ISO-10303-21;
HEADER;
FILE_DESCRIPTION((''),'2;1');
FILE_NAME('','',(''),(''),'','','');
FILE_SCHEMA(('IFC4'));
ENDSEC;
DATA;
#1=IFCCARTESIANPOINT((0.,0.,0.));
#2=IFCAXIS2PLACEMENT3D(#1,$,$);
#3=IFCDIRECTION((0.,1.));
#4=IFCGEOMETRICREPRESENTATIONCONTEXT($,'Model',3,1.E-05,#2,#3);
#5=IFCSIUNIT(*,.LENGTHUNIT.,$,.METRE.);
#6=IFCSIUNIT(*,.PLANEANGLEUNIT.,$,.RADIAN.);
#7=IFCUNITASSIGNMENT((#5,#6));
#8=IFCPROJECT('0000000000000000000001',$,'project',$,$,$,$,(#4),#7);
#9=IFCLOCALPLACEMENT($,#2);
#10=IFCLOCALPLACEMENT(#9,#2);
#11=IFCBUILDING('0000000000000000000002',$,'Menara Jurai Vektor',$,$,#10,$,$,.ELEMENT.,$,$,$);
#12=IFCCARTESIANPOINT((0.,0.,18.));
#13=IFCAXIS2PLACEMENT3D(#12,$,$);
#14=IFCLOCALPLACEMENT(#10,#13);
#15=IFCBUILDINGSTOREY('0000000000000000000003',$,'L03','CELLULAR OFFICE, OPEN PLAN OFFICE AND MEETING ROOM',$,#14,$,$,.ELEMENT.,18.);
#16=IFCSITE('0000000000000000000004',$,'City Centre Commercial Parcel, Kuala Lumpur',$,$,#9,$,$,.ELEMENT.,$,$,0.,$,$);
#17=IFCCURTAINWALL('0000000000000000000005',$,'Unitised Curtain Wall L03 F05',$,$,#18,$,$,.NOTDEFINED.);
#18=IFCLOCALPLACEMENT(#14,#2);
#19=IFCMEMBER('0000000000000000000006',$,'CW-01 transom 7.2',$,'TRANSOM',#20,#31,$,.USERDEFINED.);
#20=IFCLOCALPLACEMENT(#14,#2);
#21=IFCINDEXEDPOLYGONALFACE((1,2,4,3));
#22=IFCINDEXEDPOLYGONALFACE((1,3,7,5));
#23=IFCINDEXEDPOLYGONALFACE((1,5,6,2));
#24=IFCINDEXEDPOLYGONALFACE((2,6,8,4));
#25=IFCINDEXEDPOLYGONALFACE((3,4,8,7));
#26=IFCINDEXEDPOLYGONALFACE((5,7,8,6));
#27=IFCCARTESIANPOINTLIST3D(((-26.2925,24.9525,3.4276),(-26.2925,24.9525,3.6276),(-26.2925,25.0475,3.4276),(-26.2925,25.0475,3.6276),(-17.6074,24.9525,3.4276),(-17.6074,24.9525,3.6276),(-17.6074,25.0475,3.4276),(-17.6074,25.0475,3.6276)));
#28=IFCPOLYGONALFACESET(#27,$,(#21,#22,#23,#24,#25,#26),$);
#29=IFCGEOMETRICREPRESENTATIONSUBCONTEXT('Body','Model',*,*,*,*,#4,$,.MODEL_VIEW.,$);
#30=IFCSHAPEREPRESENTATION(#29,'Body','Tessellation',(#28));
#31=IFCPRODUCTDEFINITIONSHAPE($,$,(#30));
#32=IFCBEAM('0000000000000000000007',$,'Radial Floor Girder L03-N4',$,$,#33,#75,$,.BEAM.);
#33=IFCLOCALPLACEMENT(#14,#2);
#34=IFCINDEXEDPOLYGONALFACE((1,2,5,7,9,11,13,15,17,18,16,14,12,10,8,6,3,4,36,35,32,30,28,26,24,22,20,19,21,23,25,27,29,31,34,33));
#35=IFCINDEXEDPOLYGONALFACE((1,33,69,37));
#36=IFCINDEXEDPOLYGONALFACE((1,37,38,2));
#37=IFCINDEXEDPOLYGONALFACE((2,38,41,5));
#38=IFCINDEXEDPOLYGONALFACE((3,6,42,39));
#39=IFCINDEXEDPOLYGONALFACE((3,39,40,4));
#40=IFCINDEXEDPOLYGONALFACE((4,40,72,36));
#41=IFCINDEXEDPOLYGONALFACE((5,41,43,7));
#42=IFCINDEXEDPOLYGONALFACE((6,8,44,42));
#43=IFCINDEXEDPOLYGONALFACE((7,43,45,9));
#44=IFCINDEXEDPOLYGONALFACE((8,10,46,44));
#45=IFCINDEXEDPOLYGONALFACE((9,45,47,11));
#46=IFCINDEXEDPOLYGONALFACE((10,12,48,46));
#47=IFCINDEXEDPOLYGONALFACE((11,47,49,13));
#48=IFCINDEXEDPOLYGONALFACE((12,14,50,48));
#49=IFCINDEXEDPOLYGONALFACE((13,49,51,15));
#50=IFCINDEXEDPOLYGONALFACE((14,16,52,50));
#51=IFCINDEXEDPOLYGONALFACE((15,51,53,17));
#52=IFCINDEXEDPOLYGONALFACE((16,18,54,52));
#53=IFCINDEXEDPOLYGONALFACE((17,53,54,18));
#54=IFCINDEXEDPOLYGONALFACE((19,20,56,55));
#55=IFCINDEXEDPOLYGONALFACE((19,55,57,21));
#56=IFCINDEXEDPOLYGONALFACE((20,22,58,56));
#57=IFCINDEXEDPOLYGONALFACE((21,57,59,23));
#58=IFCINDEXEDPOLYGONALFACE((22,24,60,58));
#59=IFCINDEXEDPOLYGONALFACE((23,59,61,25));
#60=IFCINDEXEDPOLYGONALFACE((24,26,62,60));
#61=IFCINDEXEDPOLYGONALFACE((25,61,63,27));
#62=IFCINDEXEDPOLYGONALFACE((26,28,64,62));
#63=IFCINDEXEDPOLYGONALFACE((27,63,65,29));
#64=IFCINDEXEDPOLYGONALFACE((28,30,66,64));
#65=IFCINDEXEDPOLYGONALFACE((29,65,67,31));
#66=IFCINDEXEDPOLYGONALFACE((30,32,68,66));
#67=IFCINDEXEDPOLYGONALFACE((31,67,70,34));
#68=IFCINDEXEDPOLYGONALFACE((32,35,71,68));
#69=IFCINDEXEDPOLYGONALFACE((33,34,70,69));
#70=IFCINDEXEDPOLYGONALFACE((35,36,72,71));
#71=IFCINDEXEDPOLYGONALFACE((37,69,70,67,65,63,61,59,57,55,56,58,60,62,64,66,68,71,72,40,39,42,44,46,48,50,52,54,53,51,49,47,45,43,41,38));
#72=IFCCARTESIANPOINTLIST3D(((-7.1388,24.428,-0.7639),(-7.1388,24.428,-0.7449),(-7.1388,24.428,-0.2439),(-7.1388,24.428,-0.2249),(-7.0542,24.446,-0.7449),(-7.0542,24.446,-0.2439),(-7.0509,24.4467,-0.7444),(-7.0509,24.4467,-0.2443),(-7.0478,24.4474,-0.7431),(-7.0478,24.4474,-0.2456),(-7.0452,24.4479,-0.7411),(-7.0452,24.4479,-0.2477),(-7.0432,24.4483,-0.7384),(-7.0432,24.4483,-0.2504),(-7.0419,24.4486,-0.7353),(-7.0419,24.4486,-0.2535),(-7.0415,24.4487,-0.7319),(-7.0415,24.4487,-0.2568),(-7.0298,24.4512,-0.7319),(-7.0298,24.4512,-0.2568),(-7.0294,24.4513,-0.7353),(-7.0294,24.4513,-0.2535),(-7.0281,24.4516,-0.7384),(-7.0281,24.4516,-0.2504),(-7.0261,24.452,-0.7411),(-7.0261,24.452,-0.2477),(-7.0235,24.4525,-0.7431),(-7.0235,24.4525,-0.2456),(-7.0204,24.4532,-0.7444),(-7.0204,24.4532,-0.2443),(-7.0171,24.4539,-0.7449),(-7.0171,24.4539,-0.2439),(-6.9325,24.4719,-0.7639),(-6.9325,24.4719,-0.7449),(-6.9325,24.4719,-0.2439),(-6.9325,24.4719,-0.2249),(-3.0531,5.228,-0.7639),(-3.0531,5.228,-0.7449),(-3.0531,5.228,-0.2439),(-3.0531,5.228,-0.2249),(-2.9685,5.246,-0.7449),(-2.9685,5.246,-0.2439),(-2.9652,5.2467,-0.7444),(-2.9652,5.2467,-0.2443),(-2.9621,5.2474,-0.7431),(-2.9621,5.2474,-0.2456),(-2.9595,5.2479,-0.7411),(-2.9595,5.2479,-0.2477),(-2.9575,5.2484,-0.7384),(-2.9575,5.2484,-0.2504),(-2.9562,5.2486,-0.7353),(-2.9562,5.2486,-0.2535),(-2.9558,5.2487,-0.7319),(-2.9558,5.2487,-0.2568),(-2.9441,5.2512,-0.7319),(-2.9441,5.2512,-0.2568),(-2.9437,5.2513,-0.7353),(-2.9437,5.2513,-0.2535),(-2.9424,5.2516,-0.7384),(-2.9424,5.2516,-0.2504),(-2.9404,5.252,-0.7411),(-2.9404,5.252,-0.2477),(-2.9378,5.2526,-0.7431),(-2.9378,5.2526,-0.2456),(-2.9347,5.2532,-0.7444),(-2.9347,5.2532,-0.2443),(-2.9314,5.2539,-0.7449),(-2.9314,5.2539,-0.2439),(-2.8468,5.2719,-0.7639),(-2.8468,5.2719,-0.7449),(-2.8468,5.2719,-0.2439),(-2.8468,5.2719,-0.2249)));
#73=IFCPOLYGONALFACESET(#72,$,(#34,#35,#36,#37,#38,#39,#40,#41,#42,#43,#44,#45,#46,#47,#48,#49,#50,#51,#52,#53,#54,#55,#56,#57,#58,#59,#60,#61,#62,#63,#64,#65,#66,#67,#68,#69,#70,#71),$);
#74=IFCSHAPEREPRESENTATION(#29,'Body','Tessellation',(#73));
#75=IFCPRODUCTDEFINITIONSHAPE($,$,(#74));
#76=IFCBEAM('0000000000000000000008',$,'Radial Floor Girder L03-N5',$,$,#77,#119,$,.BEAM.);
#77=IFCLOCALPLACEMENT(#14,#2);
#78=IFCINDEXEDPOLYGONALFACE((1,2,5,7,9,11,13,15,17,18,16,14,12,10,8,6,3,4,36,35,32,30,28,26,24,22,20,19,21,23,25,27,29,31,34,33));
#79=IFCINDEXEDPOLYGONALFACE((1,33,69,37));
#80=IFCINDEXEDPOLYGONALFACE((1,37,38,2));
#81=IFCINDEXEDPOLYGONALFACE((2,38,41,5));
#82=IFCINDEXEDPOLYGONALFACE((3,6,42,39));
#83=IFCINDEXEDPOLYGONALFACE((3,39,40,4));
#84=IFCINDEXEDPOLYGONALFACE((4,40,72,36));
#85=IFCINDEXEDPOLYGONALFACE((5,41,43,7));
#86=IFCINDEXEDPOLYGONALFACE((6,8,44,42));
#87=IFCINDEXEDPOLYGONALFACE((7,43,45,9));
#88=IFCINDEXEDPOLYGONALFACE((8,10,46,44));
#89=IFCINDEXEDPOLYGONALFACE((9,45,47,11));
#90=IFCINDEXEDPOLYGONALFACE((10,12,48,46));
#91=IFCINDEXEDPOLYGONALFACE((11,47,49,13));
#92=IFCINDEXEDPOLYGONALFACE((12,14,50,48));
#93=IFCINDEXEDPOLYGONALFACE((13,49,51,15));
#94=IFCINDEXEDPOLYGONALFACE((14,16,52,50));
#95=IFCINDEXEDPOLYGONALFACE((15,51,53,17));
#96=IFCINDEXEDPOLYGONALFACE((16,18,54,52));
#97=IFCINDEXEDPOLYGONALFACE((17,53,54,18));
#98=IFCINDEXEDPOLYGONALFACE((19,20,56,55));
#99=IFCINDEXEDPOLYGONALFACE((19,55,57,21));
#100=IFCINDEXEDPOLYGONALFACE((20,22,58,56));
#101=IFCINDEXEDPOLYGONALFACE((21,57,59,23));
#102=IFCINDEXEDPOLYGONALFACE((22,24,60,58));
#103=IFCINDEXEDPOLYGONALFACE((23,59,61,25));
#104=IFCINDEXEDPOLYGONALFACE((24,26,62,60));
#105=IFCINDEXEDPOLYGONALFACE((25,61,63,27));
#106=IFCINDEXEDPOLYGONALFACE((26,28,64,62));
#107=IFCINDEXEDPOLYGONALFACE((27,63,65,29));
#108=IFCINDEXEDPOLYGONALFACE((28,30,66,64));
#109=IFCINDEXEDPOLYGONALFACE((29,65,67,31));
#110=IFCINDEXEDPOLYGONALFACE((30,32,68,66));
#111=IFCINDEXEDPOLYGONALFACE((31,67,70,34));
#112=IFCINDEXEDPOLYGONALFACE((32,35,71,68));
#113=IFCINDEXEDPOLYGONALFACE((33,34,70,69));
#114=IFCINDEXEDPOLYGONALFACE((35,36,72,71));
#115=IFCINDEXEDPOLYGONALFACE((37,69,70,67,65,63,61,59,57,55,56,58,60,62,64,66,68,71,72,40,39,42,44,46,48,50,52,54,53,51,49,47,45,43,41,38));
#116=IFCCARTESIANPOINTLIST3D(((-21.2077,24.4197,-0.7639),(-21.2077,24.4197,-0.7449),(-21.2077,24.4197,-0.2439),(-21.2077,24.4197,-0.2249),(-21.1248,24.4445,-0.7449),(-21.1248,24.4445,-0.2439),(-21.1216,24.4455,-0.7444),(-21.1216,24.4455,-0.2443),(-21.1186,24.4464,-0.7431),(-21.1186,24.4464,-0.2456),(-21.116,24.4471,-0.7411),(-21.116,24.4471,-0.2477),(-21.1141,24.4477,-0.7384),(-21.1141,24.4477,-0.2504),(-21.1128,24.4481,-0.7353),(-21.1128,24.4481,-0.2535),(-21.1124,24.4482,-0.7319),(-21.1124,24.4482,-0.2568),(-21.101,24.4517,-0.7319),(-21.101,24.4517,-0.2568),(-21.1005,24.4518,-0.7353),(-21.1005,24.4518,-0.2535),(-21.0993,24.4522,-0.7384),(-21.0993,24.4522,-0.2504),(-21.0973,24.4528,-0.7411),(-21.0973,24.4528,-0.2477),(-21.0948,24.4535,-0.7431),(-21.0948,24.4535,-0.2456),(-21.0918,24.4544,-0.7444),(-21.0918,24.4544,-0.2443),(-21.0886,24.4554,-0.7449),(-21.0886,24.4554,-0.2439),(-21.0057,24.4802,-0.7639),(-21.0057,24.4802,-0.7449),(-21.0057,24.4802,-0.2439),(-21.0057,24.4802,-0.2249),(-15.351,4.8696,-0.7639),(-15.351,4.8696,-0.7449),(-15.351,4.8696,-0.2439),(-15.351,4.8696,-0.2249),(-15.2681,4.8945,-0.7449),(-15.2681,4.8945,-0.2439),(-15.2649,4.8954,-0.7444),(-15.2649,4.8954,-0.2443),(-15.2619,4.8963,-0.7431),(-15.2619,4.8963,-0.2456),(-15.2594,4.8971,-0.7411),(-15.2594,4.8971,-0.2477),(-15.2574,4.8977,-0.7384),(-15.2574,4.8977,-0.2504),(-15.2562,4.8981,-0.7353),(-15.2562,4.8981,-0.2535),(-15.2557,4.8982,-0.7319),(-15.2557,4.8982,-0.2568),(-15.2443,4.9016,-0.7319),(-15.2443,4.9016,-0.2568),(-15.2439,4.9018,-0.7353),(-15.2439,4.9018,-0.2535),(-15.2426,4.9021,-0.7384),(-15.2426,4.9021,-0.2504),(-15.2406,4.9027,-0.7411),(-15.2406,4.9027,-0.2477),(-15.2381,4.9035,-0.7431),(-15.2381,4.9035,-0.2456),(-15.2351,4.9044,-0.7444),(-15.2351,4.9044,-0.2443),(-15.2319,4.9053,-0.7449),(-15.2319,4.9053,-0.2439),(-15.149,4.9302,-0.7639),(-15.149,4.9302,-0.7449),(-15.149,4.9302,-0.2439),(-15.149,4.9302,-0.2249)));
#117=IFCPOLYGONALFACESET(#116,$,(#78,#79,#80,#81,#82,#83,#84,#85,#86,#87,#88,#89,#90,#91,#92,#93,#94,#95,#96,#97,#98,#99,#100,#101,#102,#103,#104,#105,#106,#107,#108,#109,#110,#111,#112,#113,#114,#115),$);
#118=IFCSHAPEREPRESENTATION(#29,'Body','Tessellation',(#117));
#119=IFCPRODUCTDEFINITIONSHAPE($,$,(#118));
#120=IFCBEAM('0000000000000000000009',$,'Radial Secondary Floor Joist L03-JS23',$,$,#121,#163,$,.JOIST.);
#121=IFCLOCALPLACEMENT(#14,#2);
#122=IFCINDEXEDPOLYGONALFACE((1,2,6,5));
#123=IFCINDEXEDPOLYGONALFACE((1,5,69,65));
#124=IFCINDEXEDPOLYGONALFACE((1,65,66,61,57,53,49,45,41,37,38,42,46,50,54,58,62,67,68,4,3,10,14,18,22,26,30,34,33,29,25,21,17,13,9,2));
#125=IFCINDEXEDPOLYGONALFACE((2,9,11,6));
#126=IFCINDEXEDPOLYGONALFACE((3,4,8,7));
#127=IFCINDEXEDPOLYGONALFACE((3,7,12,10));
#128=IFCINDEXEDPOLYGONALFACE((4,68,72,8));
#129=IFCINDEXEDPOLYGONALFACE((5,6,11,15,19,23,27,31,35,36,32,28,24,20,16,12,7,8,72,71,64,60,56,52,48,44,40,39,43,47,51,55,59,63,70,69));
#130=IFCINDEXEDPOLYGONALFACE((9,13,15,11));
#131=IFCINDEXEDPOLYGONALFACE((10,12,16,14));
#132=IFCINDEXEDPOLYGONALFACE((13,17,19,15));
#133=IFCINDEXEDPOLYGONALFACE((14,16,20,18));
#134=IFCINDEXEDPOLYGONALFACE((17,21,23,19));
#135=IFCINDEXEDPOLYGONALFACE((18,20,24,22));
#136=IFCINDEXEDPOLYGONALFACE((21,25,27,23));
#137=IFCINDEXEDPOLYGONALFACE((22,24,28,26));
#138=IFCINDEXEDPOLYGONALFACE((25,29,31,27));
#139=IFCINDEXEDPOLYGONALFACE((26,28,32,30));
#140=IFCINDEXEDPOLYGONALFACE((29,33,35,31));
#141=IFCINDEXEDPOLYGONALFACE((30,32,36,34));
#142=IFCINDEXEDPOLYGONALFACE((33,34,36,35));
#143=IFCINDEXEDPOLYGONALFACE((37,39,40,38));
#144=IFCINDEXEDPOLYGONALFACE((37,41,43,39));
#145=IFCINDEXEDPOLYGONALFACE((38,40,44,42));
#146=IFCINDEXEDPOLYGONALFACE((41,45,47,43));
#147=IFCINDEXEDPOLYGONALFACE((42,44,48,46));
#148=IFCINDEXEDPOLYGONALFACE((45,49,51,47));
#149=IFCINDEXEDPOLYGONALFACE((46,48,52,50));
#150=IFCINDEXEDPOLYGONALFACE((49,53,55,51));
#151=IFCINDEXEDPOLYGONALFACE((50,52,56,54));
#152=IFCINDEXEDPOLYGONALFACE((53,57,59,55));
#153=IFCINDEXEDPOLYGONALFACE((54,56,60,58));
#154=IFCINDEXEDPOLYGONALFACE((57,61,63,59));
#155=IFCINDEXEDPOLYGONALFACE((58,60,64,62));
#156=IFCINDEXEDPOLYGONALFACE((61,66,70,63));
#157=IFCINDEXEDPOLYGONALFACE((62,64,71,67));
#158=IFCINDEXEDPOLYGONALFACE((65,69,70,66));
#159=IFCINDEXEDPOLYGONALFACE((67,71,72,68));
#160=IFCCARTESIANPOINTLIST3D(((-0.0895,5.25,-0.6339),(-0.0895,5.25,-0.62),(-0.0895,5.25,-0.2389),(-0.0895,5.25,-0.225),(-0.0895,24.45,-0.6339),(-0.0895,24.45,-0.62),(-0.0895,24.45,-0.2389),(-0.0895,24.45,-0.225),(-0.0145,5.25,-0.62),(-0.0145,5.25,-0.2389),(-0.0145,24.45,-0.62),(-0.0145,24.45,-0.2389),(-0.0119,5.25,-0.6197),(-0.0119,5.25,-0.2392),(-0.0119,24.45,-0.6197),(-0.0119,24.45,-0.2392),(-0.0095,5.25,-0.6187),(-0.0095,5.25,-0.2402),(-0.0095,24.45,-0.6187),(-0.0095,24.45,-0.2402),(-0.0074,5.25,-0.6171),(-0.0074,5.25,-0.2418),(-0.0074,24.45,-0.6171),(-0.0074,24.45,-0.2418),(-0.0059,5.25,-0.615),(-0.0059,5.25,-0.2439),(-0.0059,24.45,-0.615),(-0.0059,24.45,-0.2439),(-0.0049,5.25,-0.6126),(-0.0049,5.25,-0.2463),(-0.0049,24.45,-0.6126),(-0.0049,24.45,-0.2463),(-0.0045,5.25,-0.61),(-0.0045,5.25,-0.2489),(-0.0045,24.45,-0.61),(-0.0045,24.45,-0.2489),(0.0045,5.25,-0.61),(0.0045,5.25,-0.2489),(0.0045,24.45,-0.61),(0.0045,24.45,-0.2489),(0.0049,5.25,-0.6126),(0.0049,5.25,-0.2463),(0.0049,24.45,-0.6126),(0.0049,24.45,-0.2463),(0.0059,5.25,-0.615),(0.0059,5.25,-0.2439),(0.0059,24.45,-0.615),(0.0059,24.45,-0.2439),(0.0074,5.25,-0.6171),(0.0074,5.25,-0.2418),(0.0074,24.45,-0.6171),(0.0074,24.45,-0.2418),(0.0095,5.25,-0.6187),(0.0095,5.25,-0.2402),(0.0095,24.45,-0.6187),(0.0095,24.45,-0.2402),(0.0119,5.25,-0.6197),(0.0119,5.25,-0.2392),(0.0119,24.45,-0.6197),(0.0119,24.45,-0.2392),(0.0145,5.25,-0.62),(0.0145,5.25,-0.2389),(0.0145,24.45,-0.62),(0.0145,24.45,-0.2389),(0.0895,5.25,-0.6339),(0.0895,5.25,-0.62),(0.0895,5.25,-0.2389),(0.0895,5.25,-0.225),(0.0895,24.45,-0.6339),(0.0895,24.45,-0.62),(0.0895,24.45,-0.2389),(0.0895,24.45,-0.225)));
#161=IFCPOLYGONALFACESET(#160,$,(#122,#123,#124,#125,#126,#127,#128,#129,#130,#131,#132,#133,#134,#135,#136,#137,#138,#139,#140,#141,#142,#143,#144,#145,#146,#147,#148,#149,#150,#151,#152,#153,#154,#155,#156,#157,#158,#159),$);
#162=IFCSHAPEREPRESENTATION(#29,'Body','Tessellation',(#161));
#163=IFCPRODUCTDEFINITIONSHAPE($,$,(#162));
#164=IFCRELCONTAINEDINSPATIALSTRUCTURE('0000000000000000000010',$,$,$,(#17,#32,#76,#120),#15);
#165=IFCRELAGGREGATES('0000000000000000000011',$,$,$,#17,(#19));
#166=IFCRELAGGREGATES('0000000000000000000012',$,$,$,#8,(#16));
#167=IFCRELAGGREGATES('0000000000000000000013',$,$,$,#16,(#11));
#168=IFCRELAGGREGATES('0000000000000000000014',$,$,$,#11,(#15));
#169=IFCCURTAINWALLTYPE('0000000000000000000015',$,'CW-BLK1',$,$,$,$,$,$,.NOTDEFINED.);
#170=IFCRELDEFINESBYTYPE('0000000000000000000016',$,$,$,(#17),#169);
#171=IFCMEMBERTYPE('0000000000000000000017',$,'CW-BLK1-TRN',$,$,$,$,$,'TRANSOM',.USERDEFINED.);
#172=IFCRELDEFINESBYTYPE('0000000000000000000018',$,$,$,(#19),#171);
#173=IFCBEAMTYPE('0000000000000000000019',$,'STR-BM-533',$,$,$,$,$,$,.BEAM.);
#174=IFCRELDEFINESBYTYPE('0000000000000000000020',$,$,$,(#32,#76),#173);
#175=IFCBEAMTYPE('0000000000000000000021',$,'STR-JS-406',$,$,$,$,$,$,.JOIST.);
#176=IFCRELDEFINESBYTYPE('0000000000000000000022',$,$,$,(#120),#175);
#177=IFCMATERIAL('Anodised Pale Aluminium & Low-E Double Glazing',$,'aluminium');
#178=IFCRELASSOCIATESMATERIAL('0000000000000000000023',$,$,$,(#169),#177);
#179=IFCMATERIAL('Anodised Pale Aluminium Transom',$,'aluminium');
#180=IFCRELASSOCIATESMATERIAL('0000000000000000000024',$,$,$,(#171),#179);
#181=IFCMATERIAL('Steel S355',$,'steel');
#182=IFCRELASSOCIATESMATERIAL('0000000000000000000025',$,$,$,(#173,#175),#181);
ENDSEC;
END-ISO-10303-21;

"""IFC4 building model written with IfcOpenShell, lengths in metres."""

from ifc_helpers import new_model, si_unit, direction, frame, origin, origin_2d, place, context, subcontext, project, spatial, rectangle, i_section, extrude, material, material_profile, profile_set, type_object, element, aggregate, save


model = new_model("IFC4")

# Units and contexts
model_context = context("Model", 3, precision=1e-05, world=origin(), true_north=direction((0.0, 1.0)))
body_context = subcontext(model_context, "Body", "Model", "MODEL_VIEW")
ifc_project = project(units=[si_unit("LENGTHUNIT", "METRE"), si_unit("PLANEANGLEUNIT", "RADIAN")], contexts=[model_context])

# Site, building, storey
site_placement = place(None, origin())
site = spatial("IfcSite", under=ifc_project, at=site_placement, Name="City Centre Commercial Parcel, Kuala Lumpur", CompositionType="ELEMENT", RefElevation=0.0)
building_placement = place(site_placement, origin())
building = spatial("IfcBuilding", under=site, at=building_placement, Name="Menara Jurai Vektor", CompositionType="ELEMENT")
storey_placement = place(building_placement, frame((0.0, 0.0, 18.0)))
storey = spatial("IfcBuildingStorey", under=building, at=storey_placement, Name="L03", Description="CELLULAR OFFICE, OPEN PLAN OFFICE AND MEETING ROOM", CompositionType="ELEMENT", Elevation=18.0)

# Curtain wall, member
ifc_material_1 = material(Name="Anodised Pale Aluminium & Low-E Double Glazing", Category="aluminium")
curtain_wall_type = type_object("IfcCurtainWallType", Name="CW-BLK1", PredefinedType="NOTDEFINED", material=ifc_material_1)
curtain_wall_placement = place(storey_placement, origin())
curtain_wall = element("IfcCurtainWall", 1, at=curtain_wall_placement, inside=storey, type_object=curtain_wall_type, Name="Unitised Curtain Wall L03 F05", PredefinedType="NOTDEFINED")
ifc_material_2 = material(Name="Anodised Pale Aluminium Transom", Category="aluminium")
ifc_material_profile_1 = material_profile(ifc_material_2, rectangle(XDim=0.095, YDim=0.2, at=origin_2d()), Name="ALU TRN 95x200")
ifc_profile_set_1 = profile_set([ifc_material_profile_1], Name="Anodised Pale Aluminium Transom")
member_type_1 = type_object("IfcMemberType", Name="CW-BLK1-TRN", ElementType="TRANSOM", PredefinedType="USERDEFINED", material=ifc_profile_set_1)
member_1_placement = place(storey_placement, frame((-17.6074, 25.0, 3.5276), z_axis=(-1.0, 0.0, 0.0), x_axis=(0.0, -1.0, 0.0)))
member_1 = element("IfcMember", 2, at=member_1_placement, type_object=member_type_1, Name="CW-01 transom 7.2", ObjectType="TRANSOM", PredefinedType="USERDEFINED", context=body_context, shape_type="SweptSolid", body=[
    extrude(rectangle(XDim=0.095, YDim=0.2, at=origin_2d()), origin(), (0.0, 0.0, 1.0), 8.6851),
])

# Beams
ifc_material_3 = material(Name="Steel S355", Category="steel")
ifc_material_profile_2 = material_profile(ifc_material_3, i_section(OverallWidth=0.2109, OverallDepth=0.5391, WebThickness=0.012, FlangeThickness=0.019, FilletRadius=0.0129, at=origin_2d()), Name="UKB 533x210x109")
ifc_profile_set_2 = profile_set([ifc_material_profile_2], Name="Steel S355")
beam_type_1 = type_object("IfcBeamType", Name="STR-BM-533", PredefinedType="BEAM", material=ifc_profile_set_2)
beam_1_placement = place(storey_placement, frame((-7.0356, 24.45, -0.4944), z_axis=(0.208137, -0.9781, 0.0), x_axis=(0.9781, 0.208137, 0.0)))
element("IfcBeam", 3, at=beam_1_placement, inside=storey, type_object=beam_type_1, Name="Radial Floor Girder L03-N4", PredefinedType="BEAM", context=body_context, shape_type="SweptSolid", body=[
    extrude(i_section(OverallWidth=0.2109, OverallDepth=0.5391, WebThickness=0.012, FlangeThickness=0.019, FilletRadius=0.0129, at=origin_2d()), origin(), (0.0, 0.0, 1.0), 19.6299),
])
beam_2_placement = place(storey_placement, frame((-21.1067, 24.45, -0.4944), z_axis=(0.286974, -0.957938, 0.0), x_axis=(0.957938, 0.286974, 0.0)))
element("IfcBeam", 4, at=beam_2_placement, inside=storey, type_object=beam_type_1, Name="Radial Floor Girder L03-N5", PredefinedType="BEAM", context=body_context, shape_type="SweptSolid", body=[
    extrude(i_section(OverallWidth=0.2109, OverallDepth=0.5391, WebThickness=0.012, FlangeThickness=0.019, FilletRadius=0.0129, at=origin_2d()), origin(), (0.0, 0.0, 1.0), 20.4084),
])
ifc_material_profile_3 = material_profile(ifc_material_3, i_section(OverallWidth=0.179, OverallDepth=0.4089, WebThickness=0.009, FlangeThickness=0.0139, FilletRadius=0.01, at=origin_2d()), Name="UKB 406x178x67")
ifc_profile_set_3 = profile_set([ifc_material_profile_3], Name="Steel S355")
beam_type_2 = type_object("IfcBeamType", Name="STR-JS-406", PredefinedType="JOIST", material=ifc_profile_set_3)
beam_3_placement = place(storey_placement, frame((0.0, 24.45, -0.4294), z_axis=(0.0, -1.0, 0.0), x_axis=(1.0, 0.0, 0.0)))
element("IfcBeam", 5, at=beam_3_placement, inside=storey, type_object=beam_type_2, Name="Radial Secondary Floor Joist L03-JS23", PredefinedType="JOIST", context=body_context, shape_type="SweptSolid", body=[
    extrude(i_section(OverallWidth=0.179, OverallDepth=0.4089, WebThickness=0.009, FlangeThickness=0.0139, FilletRadius=0.01, at=origin_2d()), origin(), (0.0, 0.0, 1.0), 19.2),
])

aggregate(curtain_wall, [member_1])

save(model, "model.ifc")
